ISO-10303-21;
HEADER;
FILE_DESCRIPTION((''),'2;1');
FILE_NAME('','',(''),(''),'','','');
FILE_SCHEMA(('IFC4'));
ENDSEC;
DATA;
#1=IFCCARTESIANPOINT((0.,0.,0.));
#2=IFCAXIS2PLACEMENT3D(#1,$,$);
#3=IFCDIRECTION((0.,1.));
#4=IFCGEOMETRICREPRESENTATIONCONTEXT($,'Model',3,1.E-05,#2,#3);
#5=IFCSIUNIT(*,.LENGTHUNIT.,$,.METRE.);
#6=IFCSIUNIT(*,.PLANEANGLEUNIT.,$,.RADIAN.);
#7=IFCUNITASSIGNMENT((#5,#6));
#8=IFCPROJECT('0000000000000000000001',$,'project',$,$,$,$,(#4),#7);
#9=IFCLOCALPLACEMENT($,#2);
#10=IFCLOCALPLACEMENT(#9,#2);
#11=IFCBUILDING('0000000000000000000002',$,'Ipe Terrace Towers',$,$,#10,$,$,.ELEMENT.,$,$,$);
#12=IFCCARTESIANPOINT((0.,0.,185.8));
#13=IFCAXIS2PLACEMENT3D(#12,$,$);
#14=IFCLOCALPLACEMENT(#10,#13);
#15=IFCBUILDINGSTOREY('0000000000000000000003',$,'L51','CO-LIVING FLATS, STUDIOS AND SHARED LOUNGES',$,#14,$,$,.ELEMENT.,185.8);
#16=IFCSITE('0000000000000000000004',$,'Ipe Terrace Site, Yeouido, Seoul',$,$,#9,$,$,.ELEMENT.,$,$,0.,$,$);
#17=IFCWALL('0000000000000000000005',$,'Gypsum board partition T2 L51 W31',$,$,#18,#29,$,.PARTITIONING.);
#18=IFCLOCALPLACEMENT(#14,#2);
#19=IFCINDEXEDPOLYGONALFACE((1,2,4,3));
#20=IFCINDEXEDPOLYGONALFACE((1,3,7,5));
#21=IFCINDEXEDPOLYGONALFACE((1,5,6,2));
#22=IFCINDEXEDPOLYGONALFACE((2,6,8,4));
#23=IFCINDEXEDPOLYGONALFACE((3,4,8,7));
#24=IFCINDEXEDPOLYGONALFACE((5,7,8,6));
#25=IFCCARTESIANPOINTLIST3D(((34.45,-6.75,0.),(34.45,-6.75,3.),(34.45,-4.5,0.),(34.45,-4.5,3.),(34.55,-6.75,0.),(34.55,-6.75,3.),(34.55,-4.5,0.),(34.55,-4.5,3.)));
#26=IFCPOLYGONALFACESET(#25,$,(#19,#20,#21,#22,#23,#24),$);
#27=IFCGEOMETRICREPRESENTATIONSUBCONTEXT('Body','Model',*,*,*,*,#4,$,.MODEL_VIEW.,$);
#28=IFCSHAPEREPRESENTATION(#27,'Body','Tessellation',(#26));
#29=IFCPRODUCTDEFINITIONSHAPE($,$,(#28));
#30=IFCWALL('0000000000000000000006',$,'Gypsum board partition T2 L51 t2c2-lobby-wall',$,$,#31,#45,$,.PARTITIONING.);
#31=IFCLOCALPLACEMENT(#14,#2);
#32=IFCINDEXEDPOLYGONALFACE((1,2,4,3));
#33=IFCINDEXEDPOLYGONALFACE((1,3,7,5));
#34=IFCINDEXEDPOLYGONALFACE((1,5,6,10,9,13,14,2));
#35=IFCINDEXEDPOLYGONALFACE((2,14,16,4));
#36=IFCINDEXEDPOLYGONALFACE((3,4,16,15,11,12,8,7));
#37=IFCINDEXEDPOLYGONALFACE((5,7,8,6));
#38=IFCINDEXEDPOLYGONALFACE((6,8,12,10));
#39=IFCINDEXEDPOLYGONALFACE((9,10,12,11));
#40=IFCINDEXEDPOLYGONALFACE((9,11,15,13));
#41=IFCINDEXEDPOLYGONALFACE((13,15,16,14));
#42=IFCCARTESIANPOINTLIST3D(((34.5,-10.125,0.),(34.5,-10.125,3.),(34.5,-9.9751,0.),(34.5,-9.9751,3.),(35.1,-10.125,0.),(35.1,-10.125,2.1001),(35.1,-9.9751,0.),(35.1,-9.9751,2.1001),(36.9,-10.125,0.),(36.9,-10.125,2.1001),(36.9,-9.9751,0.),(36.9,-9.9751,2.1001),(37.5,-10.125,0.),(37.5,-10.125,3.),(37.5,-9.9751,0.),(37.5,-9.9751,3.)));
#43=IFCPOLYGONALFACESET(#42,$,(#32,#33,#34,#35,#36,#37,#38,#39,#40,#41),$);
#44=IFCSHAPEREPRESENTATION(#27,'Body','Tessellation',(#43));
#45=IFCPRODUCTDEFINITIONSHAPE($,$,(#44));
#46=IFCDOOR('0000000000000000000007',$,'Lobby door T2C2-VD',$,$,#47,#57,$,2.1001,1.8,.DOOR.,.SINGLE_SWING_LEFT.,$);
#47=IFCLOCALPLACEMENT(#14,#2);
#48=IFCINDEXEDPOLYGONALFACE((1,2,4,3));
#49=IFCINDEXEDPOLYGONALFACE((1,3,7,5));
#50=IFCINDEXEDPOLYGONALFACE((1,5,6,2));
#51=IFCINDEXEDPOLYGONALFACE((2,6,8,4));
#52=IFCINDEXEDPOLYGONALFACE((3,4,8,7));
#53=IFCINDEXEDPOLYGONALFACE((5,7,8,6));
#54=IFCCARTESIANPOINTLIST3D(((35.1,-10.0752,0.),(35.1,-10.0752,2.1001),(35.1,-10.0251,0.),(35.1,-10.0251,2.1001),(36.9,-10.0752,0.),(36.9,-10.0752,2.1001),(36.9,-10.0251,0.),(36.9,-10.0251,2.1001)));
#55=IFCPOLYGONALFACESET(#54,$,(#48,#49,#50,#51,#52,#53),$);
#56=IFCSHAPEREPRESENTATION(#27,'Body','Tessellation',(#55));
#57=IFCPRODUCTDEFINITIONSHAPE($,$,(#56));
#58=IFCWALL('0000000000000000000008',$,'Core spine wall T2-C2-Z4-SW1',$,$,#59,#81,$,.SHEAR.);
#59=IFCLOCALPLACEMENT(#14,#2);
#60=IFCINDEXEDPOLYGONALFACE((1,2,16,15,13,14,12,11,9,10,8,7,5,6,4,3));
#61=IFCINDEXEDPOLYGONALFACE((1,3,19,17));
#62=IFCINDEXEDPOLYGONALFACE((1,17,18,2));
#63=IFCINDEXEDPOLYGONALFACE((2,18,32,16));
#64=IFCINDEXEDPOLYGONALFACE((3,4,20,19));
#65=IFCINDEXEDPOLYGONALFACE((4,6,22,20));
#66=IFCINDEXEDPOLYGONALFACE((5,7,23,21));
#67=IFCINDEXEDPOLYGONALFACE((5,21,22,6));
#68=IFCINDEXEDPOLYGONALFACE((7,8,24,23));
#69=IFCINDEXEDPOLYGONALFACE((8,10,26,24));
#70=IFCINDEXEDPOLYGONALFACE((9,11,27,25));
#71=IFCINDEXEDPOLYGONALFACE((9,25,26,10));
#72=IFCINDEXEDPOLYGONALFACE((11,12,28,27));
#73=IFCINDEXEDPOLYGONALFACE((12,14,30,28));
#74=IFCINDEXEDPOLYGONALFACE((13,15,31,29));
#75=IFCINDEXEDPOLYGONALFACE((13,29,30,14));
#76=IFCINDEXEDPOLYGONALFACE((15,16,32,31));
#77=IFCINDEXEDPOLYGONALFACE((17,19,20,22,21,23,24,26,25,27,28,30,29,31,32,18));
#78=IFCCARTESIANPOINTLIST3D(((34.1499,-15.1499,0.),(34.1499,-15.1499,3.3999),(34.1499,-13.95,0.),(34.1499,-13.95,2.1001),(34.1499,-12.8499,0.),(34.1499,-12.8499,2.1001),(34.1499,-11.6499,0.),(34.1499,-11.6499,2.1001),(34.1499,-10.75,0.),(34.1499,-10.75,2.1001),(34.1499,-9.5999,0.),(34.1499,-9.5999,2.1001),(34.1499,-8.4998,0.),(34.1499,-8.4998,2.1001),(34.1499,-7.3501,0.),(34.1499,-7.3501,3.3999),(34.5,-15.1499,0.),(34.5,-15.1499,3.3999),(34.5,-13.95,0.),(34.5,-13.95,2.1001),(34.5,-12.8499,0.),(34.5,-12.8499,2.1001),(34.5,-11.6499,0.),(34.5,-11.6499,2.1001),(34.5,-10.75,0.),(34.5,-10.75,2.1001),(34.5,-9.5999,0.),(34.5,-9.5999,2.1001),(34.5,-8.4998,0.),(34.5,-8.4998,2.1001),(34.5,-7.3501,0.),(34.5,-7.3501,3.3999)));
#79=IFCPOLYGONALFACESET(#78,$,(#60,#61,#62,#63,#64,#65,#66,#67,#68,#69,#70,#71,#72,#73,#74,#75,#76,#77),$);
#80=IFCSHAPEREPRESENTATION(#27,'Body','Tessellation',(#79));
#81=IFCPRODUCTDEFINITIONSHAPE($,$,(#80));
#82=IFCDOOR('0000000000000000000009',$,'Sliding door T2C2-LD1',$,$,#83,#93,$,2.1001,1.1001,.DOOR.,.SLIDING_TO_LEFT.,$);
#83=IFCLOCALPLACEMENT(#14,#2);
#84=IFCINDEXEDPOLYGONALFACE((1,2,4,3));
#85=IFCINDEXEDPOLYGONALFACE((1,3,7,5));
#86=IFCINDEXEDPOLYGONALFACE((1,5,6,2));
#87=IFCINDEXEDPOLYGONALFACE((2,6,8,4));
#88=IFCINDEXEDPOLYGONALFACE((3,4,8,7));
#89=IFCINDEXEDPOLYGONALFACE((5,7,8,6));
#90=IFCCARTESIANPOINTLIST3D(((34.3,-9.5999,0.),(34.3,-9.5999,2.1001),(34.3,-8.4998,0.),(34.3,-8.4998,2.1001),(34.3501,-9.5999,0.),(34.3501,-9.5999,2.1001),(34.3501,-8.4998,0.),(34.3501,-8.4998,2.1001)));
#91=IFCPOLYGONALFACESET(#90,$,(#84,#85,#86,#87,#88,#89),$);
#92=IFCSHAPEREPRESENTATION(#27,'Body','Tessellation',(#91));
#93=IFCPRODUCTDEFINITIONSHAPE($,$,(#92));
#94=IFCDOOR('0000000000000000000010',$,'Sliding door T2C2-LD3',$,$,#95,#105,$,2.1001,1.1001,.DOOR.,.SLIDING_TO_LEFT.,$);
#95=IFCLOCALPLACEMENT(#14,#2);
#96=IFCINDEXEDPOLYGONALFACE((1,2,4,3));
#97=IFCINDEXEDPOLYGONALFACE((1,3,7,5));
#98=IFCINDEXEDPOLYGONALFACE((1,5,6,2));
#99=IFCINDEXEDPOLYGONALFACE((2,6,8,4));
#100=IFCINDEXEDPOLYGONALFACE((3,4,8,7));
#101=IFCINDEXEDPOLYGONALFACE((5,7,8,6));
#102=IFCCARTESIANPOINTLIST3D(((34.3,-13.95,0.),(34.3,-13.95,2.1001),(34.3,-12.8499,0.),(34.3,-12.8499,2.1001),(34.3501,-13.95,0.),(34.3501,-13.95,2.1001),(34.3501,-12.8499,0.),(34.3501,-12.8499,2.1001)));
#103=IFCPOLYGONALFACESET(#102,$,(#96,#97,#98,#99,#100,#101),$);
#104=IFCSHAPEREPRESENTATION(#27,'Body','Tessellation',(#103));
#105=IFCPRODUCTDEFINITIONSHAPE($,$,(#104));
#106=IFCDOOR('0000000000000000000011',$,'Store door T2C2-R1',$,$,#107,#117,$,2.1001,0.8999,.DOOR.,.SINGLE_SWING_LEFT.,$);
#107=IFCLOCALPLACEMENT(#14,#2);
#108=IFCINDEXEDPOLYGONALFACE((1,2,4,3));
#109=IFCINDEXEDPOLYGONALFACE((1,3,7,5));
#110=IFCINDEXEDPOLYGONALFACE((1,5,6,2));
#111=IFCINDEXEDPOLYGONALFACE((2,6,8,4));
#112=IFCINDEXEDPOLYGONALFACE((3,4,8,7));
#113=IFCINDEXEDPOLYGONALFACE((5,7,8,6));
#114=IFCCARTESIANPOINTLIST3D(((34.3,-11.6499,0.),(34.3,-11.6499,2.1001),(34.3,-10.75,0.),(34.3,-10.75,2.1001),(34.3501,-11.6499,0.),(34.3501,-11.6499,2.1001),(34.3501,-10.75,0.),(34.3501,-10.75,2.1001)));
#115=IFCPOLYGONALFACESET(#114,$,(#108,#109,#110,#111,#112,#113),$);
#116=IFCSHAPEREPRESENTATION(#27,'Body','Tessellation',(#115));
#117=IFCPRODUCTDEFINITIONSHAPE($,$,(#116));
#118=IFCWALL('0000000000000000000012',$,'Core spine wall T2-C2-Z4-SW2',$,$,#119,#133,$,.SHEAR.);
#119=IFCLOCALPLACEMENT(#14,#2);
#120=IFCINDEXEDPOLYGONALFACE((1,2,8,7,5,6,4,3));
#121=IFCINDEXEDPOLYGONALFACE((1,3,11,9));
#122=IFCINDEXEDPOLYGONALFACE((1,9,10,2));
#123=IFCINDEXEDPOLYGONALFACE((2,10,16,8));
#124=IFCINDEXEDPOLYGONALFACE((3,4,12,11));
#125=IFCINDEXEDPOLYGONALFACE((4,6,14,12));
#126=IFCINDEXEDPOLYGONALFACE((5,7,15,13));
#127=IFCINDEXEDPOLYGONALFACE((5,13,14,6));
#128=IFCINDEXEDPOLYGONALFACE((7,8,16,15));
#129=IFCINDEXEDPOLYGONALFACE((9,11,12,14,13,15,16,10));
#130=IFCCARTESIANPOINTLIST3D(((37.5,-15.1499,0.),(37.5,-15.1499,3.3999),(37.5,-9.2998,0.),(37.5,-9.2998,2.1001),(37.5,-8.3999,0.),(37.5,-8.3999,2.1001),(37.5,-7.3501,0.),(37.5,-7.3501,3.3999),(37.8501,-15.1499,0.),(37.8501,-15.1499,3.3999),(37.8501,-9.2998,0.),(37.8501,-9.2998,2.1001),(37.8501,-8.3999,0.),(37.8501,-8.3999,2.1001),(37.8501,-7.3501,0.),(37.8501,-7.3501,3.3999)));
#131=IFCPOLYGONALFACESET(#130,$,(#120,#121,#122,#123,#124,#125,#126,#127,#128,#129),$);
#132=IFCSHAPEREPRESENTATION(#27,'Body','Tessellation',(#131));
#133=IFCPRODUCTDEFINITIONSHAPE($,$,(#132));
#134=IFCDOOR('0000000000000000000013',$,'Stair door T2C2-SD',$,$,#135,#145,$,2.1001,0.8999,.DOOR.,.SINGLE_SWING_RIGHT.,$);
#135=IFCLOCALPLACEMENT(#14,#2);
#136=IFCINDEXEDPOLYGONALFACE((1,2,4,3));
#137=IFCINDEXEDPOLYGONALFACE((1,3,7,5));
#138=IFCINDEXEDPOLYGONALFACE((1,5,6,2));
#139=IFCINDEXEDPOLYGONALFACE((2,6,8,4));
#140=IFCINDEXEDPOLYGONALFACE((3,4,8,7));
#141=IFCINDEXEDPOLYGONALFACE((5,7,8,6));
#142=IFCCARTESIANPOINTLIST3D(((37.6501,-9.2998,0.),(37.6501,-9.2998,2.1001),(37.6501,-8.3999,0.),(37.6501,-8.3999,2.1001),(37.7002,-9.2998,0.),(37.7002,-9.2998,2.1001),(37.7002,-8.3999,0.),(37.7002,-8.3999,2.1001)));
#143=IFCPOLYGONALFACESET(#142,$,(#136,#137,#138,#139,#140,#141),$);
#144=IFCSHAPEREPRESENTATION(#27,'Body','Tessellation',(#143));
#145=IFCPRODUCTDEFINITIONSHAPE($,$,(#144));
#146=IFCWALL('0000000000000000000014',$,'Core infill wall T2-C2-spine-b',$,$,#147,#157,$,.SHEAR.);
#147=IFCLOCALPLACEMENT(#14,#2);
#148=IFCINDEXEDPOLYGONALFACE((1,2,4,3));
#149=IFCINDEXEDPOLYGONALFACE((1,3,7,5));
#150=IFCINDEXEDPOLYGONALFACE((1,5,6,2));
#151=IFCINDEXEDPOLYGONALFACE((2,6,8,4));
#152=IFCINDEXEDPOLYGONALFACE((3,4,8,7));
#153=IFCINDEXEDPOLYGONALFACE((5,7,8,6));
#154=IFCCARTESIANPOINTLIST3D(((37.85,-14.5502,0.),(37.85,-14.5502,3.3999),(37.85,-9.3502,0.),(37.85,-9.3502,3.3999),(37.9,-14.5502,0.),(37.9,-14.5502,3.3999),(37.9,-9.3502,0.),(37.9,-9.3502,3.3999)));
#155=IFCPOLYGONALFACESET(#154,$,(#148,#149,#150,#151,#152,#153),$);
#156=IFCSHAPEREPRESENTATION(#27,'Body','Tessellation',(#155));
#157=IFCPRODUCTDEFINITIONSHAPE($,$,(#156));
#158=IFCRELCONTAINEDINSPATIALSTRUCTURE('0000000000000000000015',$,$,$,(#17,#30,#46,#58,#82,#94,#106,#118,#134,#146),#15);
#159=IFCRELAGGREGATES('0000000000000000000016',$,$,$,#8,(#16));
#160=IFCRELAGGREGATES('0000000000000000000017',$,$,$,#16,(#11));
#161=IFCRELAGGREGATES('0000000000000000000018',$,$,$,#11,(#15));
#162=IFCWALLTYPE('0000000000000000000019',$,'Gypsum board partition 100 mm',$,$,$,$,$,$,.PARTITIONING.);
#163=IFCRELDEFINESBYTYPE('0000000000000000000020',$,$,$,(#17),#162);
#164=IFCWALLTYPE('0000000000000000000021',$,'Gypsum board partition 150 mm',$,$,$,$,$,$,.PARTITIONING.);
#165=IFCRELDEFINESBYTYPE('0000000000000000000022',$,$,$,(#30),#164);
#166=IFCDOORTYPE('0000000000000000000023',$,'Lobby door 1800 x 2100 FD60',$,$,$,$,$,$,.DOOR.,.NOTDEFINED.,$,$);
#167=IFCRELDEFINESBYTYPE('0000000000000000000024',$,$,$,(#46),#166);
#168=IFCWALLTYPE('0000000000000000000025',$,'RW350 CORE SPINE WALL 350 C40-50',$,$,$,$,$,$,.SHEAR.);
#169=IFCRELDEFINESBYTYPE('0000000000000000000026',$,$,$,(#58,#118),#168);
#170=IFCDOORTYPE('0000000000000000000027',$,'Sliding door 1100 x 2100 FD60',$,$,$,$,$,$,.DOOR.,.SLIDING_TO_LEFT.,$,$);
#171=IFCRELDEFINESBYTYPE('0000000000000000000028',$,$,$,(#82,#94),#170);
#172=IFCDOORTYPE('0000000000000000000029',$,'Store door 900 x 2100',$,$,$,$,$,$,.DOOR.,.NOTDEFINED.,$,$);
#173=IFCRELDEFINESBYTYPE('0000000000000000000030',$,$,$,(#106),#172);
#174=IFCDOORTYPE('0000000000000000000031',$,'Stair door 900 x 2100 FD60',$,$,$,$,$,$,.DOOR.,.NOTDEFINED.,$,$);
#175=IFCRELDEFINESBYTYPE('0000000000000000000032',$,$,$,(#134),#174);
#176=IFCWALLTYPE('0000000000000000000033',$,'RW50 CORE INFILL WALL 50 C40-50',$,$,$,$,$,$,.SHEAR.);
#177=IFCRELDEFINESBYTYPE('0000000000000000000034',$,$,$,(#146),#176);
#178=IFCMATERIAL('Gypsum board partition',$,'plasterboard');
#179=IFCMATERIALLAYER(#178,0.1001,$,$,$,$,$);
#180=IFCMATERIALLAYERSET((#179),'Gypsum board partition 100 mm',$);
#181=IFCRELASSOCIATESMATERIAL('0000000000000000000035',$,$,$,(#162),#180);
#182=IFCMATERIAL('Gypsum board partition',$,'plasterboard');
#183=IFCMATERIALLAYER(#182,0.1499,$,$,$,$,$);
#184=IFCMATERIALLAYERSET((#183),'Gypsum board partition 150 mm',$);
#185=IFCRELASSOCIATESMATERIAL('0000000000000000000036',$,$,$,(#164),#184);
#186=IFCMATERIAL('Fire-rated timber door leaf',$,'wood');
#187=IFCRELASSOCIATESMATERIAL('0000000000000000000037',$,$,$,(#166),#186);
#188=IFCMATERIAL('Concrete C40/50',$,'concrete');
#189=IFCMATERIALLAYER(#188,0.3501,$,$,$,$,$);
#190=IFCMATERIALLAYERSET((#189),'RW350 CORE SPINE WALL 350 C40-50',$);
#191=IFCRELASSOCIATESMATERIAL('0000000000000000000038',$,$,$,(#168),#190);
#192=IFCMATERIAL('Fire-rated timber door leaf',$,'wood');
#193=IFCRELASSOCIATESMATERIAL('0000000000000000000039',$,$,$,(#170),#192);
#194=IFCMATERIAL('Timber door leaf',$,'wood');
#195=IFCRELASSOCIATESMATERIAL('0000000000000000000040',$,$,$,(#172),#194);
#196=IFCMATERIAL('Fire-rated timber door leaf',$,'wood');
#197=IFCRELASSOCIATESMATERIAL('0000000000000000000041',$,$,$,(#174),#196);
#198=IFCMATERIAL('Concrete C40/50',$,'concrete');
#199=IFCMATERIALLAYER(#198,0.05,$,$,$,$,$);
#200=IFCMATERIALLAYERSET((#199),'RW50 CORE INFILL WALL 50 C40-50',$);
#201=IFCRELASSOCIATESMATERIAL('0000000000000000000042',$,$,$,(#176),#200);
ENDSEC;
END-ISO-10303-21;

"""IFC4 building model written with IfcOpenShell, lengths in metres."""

from ifc_helpers import new_model, si_unit, direction, frame, frame_2d, origin, place, context, subcontext, project, spatial, rectangle, extrude, material, layer, layer_set, type_object, element, fill, save


model = new_model("IFC4")

# Units and contexts
model_context = context("Model", 3, precision=1e-05, world=origin(), true_north=direction((0.0, 1.0)))
body_context = subcontext(model_context, "Body", "Model", "MODEL_VIEW")
ifc_project = project(units=[si_unit("LENGTHUNIT", "METRE"), si_unit("PLANEANGLEUNIT", "RADIAN")], contexts=[model_context])

# Site, building, storey
site_placement = place(None, origin())
site = spatial("IfcSite", under=ifc_project, at=site_placement, Name="Ipe Terrace Site, Yeouido, Seoul", CompositionType="ELEMENT", RefElevation=0.0)
building_placement = place(site_placement, origin())
building = spatial("IfcBuilding", under=site, at=building_placement, Name="Ipe Terrace Towers", CompositionType="ELEMENT")
storey_placement = place(building_placement, frame((0.0, 0.0, 185.8)))
storey = spatial("IfcBuildingStorey", under=building, at=storey_placement, Name="L51", Description="CO-LIVING FLATS, STUDIOS AND SHARED LOUNGES", CompositionType="ELEMENT", Elevation=185.8)

# Wall
ifc_material_1 = material(Name="Gypsum board partition", Category="plasterboard")
ifc_layer_1 = layer(ifc_material_1, 0.1001)
ifc_layer_set_1 = layer_set([ifc_layer_1], Name="Gypsum board partition 100 mm")
wall_type_1 = type_object("IfcWallType", Name="Gypsum board partition 100 mm", PredefinedType="PARTITIONING", material=ifc_layer_set_1)
wall_1_placement = place(storey_placement, frame((34.5, -6.75, 0.0), z_axis=(0.0, 0.0, 1.0), x_axis=(0.0, 1.0, 0.0)))
element("IfcWall", 1, at=wall_1_placement, inside=storey, type_object=wall_type_1, Name="Gypsum board partition T2 L51 W31", PredefinedType="PARTITIONING", context=body_context, shape_type="SweptSolid", body=[
    extrude(rectangle(XDim=2.25, YDim=0.1001, at=frame_2d((1.125, 0.0))), origin(), (0.0, 0.0, 1.0), 3.0),
])

# Wall, opening, door
ifc_material_2 = material(Name="Gypsum board partition", Category="plasterboard")
ifc_layer_2 = layer(ifc_material_2, 0.1499)
ifc_layer_set_2 = layer_set([ifc_layer_2], Name="Gypsum board partition 150 mm")
wall_type_2 = type_object("IfcWallType", Name="Gypsum board partition 150 mm", PredefinedType="PARTITIONING", material=ifc_layer_set_2)
wall_2_placement = place(storey_placement, frame((34.5, -10.05, 0.0), z_axis=(0.0, 0.0, 1.0), x_axis=(1.0, 0.0, 0.0)))
wall_2 = element("IfcWall", 2, at=wall_2_placement, inside=storey, type_object=wall_type_2, Name="Gypsum board partition T2 L51 t2c2-lobby-wall", PredefinedType="PARTITIONING", context=body_context, shape_type="SweptSolid", body=[
    extrude(rectangle(XDim=3.0, YDim=0.1499, at=frame_2d((1.5, 0.0))), origin(), (0.0, 0.0, 1.0), 3.0),
])
opening_1_placement = place(wall_2_placement, frame((0.6001, 0.0, 0.0)))
opening_1 = element("IfcOpeningElement", 3, at=opening_1_placement, cuts=wall_2, PredefinedType="OPENING", context=body_context, shape_type="SweptSolid", body=[
    extrude(rectangle(XDim=1.8, YDim=2.1001, at=frame_2d((0.8999, 1.05))), frame((0.0, 0.085, 0.0), z_axis=(0.0, -1.0, 0.0), x_axis=(1.0, 0.0, 0.0)), (0.0, 0.0, 1.0), 0.1699),
])
ifc_material_3 = material(Name="Fire-rated timber door leaf", Category="wood")
door_type_1 = type_object("IfcDoorType", Name="Lobby door 1800 x 2100 FD60", OperationType="NOTDEFINED", PredefinedType="DOOR", material=ifc_material_3)
door_1_placement = place(opening_1_placement, origin())
door_1 = element("IfcDoor", 4, at=door_1_placement, inside=storey, type_object=door_type_1, Name="Lobby door T2C2-VD", OperationType="SINGLE_SWING_LEFT", OverallHeight=2.1001, OverallWidth=1.8, PredefinedType="DOOR", context=body_context, shape_type="SweptSolid", body=[
    extrude(rectangle(XDim=1.8, YDim=2.1001, at=frame_2d((0.8999, 1.05))), frame((0.0, 0.0249, 0.0), z_axis=(0.0, -1.0, 0.0), x_axis=(1.0, 0.0, 0.0)), (0.0, 0.0, 1.0), 0.05),
])
fill(opening_1, door_1)

# Wall, openings, doors
ifc_material_4 = material(Name="Concrete C40/50", Category="concrete")
ifc_layer_3 = layer(ifc_material_4, 0.3501)
ifc_layer_set_3 = layer_set([ifc_layer_3], Name="RW350 CORE SPINE WALL 350 C40-50")
wall_type_3 = type_object("IfcWallType", Name="RW350 CORE SPINE WALL 350 C40-50", PredefinedType="SHEAR", material=ifc_layer_set_3)
wall_3_placement = place(storey_placement, frame((34.325, -15.1499, 0.0), z_axis=(0.0, 0.0, 1.0), x_axis=(0.0, 1.0, 0.0)))
wall_3 = element("IfcWall", 5, at=wall_3_placement, inside=storey, type_object=wall_type_3, Name="Core spine wall T2-C2-Z4-SW1", PredefinedType="SHEAR", context=body_context, shape_type="SweptSolid", body=[
    extrude(rectangle(XDim=7.7998, YDim=0.3501, at=frame_2d((3.8999, 0.0))), origin(), (0.0, 0.0, 1.0), 3.3999),
])
opening_2_placement = place(wall_3_placement, frame((5.55, 0.0, 0.0)))
opening_2 = element("IfcOpeningElement", 6, at=opening_2_placement, cuts=wall_3, PredefinedType="OPENING", context=body_context, shape_type="SweptSolid", body=[
    extrude(rectangle(XDim=1.1001, YDim=2.1001, at=frame_2d((0.55, 1.05))), frame((0.0, 0.1851, 0.0), z_axis=(0.0, -1.0, 0.0), x_axis=(1.0, 0.0, 0.0)), (0.0, 0.0, 1.0), 0.3701),
])
opening_3_placement = place(wall_3_placement, frame((1.2, 0.0, 0.0)))
opening_3 = element("IfcOpeningElement", 7, at=opening_3_placement, cuts=wall_3, PredefinedType="OPENING", context=body_context, shape_type="SweptSolid", body=[
    extrude(rectangle(XDim=1.1001, YDim=2.1001, at=frame_2d((0.55, 1.05))), frame((0.0, 0.1851, 0.0), z_axis=(0.0, -1.0, 0.0), x_axis=(1.0, 0.0, 0.0)), (0.0, 0.0, 1.0), 0.3701),
])
opening_4_placement = place(wall_3_placement, frame((3.5, 0.0, 0.0)))
opening_4 = element("IfcOpeningElement", 8, at=opening_4_placement, cuts=wall_3, PredefinedType="OPENING", context=body_context, shape_type="SweptSolid", body=[
    extrude(rectangle(XDim=0.8999, YDim=2.1001, at=frame_2d((0.45, 1.05))), frame((0.0, 0.1851, 0.0), z_axis=(0.0, -1.0, 0.0), x_axis=(1.0, 0.0, 0.0)), (0.0, 0.0, 1.0), 0.3701),
])
ifc_material_5 = material(Name="Fire-rated timber door leaf", Category="wood")
door_type_2 = type_object("IfcDoorType", Name="Sliding door 1100 x 2100 FD60", OperationType="SLIDING_TO_LEFT", PredefinedType="DOOR", material=ifc_material_5)
door_2_placement = place(opening_2_placement, origin())
door_2 = element("IfcDoor", 9, at=door_2_placement, inside=storey, type_object=door_type_2, Name="Sliding door T2C2-LD1", OperationType="SLIDING_TO_LEFT", OverallHeight=2.1001, OverallWidth=1.1001, PredefinedType="DOOR", context=body_context, shape_type="SweptSolid", body=[
    extrude(rectangle(XDim=1.1001, YDim=2.1001, at=frame_2d((0.55, 1.05))), frame((0.0, 0.0249, 0.0), z_axis=(0.0, -1.0, 0.0), x_axis=(1.0, 0.0, 0.0)), (0.0, 0.0, 1.0), 0.05),
])
fill(opening_2, door_2)
door_3_placement = place(opening_3_placement, origin())
door_3 = element("IfcDoor", 10, at=door_3_placement, inside=storey, type_object=door_type_2, Name="Sliding door T2C2-LD3", OperationType="SLIDING_TO_LEFT", OverallHeight=2.1001, OverallWidth=1.1001, PredefinedType="DOOR", context=body_context, shape_type="SweptSolid", body=[
    extrude(rectangle(XDim=1.1001, YDim=2.1001, at=frame_2d((0.55, 1.05))), frame((0.0, 0.0249, 0.0), z_axis=(0.0, -1.0, 0.0), x_axis=(1.0, 0.0, 0.0)), (0.0, 0.0, 1.0), 0.05),
])
fill(opening_3, door_3)
ifc_material_6 = material(Name="Timber door leaf", Category="wood")
door_type_3 = type_object("IfcDoorType", Name="Store door 900 x 2100", OperationType="NOTDEFINED", PredefinedType="DOOR", material=ifc_material_6)
door_4_placement = place(opening_4_placement, origin())
door_4 = element("IfcDoor", 11, at=door_4_placement, inside=storey, type_object=door_type_3, Name="Store door T2C2-R1", OperationType="SINGLE_SWING_LEFT", OverallHeight=2.1001, OverallWidth=0.8999, PredefinedType="DOOR", context=body_context, shape_type="SweptSolid", body=[
    extrude(rectangle(XDim=0.8999, YDim=2.1001, at=frame_2d((0.45, 1.05))), frame((0.0, 0.0249, 0.0), z_axis=(0.0, -1.0, 0.0), x_axis=(1.0, 0.0, 0.0)), (0.0, 0.0, 1.0), 0.05),
])
fill(opening_4, door_4)

# Wall, opening, door
wall_4_placement = place(storey_placement, frame((37.675, -15.1499, 0.0), z_axis=(0.0, 0.0, 1.0), x_axis=(0.0, 1.0, 0.0)))
wall_4 = element("IfcWall", 12, at=wall_4_placement, inside=storey, type_object=wall_type_3, Name="Core spine wall T2-C2-Z4-SW2", PredefinedType="SHEAR", context=body_context, shape_type="SweptSolid", body=[
    extrude(rectangle(XDim=7.7998, YDim=0.3501, at=frame_2d((3.8999, 0.0))), origin(), (0.0, 0.0, 1.0), 3.3999),
])
opening_5_placement = place(wall_4_placement, frame((5.8501, 0.0, 0.0)))
opening_5 = element("IfcOpeningElement", 13, at=opening_5_placement, cuts=wall_4, PredefinedType="OPENING", context=body_context, shape_type="SweptSolid", body=[
    extrude(rectangle(XDim=0.8999, YDim=2.1001, at=frame_2d((0.45, 1.05))), frame((0.0, 0.1851, 0.0), z_axis=(0.0, -1.0, 0.0), x_axis=(1.0, 0.0, 0.0)), (0.0, 0.0, 1.0), 0.3701),
])
ifc_material_7 = material(Name="Fire-rated timber door leaf", Category="wood")
door_type_4 = type_object("IfcDoorType", Name="Stair door 900 x 2100 FD60", OperationType="NOTDEFINED", PredefinedType="DOOR", material=ifc_material_7)
door_5_placement = place(opening_5_placement, origin())
door_5 = element("IfcDoor", 14, at=door_5_placement, inside=storey, type_object=door_type_4, Name="Stair door T2C2-SD", OperationType="SINGLE_SWING_RIGHT", OverallHeight=2.1001, OverallWidth=0.8999, PredefinedType="DOOR", context=body_context, shape_type="SweptSolid", body=[
    extrude(rectangle(XDim=0.8999, YDim=2.1001, at=frame_2d((0.45, 1.05))), frame((0.0, 0.0249, 0.0), z_axis=(0.0, -1.0, 0.0), x_axis=(1.0, 0.0, 0.0)), (0.0, 0.0, 1.0), 0.05),
])
fill(opening_5, door_5)

# Wall
ifc_material_8 = material(Name="Concrete C40/50", Category="concrete")
ifc_layer_4 = layer(ifc_material_8, 0.05)
ifc_layer_set_4 = layer_set([ifc_layer_4], Name="RW50 CORE INFILL WALL 50 C40-50")
wall_type_4 = type_object("IfcWallType", Name="RW50 CORE INFILL WALL 50 C40-50", PredefinedType="SHEAR", material=ifc_layer_set_4)
wall_5_placement = place(storey_placement, frame((37.875, -9.3501, 0.0), z_axis=(0.0, 0.0, 1.0), x_axis=(0.0, -1.0, 0.0)))
element("IfcWall", 15, at=wall_5_placement, inside=storey, type_object=wall_type_4, Name="Core infill wall T2-C2-spine-b", PredefinedType="SHEAR", context=body_context, shape_type="SweptSolid", body=[
    extrude(rectangle(XDim=5.2, YDim=0.05, at=frame_2d((2.6001, 0.0))), origin(), (0.0, 0.0, 1.0), 3.3999),
])

save(model, "model.ifc")
